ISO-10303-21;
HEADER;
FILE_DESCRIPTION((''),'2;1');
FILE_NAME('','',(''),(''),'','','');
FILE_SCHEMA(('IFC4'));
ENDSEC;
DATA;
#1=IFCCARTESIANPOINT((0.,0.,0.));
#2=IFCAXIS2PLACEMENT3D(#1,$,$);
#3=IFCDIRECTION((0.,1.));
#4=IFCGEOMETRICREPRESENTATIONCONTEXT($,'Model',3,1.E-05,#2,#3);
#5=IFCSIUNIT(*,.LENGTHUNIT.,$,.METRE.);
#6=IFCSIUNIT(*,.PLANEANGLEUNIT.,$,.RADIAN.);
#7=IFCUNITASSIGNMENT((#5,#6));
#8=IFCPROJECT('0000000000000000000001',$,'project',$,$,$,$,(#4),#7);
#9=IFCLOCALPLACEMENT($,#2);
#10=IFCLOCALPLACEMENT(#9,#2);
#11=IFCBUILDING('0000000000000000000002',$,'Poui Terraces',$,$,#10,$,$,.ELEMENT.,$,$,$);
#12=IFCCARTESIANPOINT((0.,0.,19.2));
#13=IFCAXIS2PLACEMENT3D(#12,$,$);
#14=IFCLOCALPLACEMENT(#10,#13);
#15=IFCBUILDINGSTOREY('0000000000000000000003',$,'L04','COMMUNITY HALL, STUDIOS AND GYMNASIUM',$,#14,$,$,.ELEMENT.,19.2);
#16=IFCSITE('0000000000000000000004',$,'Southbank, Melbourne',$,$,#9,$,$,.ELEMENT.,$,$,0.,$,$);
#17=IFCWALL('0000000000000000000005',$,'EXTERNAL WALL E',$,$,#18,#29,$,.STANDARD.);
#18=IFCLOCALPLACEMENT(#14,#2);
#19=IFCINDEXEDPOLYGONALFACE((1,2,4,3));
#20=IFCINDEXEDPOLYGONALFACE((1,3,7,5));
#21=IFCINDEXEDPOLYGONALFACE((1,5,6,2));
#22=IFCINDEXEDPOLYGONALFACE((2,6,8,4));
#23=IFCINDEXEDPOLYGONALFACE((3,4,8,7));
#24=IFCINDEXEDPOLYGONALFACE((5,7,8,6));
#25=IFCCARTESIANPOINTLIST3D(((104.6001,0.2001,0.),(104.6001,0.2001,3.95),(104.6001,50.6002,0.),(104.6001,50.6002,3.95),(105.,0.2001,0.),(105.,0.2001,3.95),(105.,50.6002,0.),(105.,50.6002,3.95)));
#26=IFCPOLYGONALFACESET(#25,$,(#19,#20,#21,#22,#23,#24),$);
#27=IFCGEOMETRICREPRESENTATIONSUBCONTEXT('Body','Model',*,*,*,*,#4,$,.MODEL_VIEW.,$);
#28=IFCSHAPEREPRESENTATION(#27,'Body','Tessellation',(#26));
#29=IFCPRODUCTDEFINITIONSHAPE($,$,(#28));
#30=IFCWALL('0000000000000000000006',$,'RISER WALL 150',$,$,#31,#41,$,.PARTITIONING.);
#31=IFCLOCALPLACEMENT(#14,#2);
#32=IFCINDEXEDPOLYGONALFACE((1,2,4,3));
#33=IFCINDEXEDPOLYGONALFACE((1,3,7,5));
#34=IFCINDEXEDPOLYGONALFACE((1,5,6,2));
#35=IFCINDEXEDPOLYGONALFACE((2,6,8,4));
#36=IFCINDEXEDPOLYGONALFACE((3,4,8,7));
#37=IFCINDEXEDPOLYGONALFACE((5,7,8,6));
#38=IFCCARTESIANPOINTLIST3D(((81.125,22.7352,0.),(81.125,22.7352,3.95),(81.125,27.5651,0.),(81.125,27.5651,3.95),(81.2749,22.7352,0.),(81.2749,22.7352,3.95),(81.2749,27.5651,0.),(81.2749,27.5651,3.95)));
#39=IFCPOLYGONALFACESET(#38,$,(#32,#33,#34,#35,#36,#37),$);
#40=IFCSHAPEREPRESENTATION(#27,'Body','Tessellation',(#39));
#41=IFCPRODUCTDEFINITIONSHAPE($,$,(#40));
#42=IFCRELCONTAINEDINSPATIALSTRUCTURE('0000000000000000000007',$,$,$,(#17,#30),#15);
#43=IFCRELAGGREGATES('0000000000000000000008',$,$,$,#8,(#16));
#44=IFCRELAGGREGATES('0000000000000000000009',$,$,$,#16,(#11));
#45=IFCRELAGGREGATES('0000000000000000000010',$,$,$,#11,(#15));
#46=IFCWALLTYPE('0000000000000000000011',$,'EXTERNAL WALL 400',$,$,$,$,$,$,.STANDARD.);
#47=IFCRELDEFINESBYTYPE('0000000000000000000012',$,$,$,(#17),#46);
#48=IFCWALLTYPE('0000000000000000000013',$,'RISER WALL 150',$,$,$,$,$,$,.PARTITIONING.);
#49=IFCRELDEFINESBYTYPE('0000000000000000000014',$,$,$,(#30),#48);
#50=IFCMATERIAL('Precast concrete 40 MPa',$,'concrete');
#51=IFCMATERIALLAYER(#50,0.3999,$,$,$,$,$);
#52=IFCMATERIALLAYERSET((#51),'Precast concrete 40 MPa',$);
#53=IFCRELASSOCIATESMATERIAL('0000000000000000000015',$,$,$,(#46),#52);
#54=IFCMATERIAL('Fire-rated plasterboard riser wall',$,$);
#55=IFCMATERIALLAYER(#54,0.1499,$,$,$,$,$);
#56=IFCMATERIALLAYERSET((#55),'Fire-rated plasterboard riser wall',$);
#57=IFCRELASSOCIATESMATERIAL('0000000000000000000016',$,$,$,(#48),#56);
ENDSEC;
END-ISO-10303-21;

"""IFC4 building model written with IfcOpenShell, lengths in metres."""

from ifc_helpers import new_model, si_unit, direction, frame, frame_2d, origin, place, context, subcontext, project, spatial, rectangle, extrude, material, layer, layer_set, type_object, element, save


model = new_model("IFC4")

# Units and contexts
model_context = context("Model", 3, precision=1e-05, world=origin(), true_north=direction((0.0, 1.0)))
body_context = subcontext(model_context, "Body", "Model", "MODEL_VIEW")
ifc_project = project(units=[si_unit("LENGTHUNIT", "METRE"), si_unit("PLANEANGLEUNIT", "RADIAN")], contexts=[model_context])

# Site, building, storey
site_placement = place(None, origin())
site = spatial("IfcSite", under=ifc_project, at=site_placement, Name="Southbank, Melbourne", CompositionType="ELEMENT", RefElevation=0.0)
building_placement = place(site_placement, origin())
building = spatial("IfcBuilding", under=site, at=building_placement, Name="Poui Terraces", CompositionType="ELEMENT")
storey_placement = place(building_placement, frame((0.0, 0.0, 19.2)))
storey = spatial("IfcBuildingStorey", under=building, at=storey_placement, Name="L04", Description="COMMUNITY HALL, STUDIOS AND GYMNASIUM", CompositionType="ELEMENT", Elevation=19.2)

# Walls
ifc_material_1 = material(Name="Precast concrete 40 MPa", Category="concrete")
ifc_layer_1 = layer(ifc_material_1, 0.3999)
ifc_layer_set_1 = layer_set([ifc_layer_1], Name="Precast concrete 40 MPa")
wall_type_1 = type_object("IfcWallType", Name="EXTERNAL WALL 400", PredefinedType="STANDARD", material=ifc_layer_set_1)
wall_1_placement = place(storey_placement, frame((104.8, 0.2, 0.0), z_axis=(0.0, 0.0, 1.0), x_axis=(0.0, 1.0, 0.0)))
element("IfcWall", 1, at=wall_1_placement, inside=storey, type_object=wall_type_1, Name="EXTERNAL WALL E", PredefinedType="STANDARD", context=body_context, shape_type="SweptSolid", body=[
    extrude(rectangle(XDim=50.4001, YDim=0.3999, at=frame_2d((25.2002, 0.0))), origin(), (0.0, 0.0, 1.0), 3.95),
])
ifc_material_2 = material(Name="Fire-rated plasterboard riser wall")
ifc_layer_2 = layer(ifc_material_2, 0.1499)
ifc_layer_set_2 = layer_set([ifc_layer_2], Name="Fire-rated plasterboard riser wall")
wall_type_2 = type_object("IfcWallType", Name="RISER WALL 150", PredefinedType="PARTITIONING", material=ifc_layer_set_2)
wall_2_placement = place(storey_placement, frame((81.2, 22.7351, 0.0), z_axis=(0.0, 0.0, 1.0), x_axis=(0.0, 1.0, 0.0)))
element("IfcWall", 2, at=wall_2_placement, inside=storey, type_object=wall_type_2, Name="RISER WALL 150", PredefinedType="PARTITIONING", context=body_context, shape_type="SweptSolid", body=[
    extrude(rectangle(XDim=4.8298, YDim=0.1499, at=frame_2d((2.415, 0.0))), origin(), (0.0, 0.0, 1.0), 3.95),
])

save(model, "model.ifc")
